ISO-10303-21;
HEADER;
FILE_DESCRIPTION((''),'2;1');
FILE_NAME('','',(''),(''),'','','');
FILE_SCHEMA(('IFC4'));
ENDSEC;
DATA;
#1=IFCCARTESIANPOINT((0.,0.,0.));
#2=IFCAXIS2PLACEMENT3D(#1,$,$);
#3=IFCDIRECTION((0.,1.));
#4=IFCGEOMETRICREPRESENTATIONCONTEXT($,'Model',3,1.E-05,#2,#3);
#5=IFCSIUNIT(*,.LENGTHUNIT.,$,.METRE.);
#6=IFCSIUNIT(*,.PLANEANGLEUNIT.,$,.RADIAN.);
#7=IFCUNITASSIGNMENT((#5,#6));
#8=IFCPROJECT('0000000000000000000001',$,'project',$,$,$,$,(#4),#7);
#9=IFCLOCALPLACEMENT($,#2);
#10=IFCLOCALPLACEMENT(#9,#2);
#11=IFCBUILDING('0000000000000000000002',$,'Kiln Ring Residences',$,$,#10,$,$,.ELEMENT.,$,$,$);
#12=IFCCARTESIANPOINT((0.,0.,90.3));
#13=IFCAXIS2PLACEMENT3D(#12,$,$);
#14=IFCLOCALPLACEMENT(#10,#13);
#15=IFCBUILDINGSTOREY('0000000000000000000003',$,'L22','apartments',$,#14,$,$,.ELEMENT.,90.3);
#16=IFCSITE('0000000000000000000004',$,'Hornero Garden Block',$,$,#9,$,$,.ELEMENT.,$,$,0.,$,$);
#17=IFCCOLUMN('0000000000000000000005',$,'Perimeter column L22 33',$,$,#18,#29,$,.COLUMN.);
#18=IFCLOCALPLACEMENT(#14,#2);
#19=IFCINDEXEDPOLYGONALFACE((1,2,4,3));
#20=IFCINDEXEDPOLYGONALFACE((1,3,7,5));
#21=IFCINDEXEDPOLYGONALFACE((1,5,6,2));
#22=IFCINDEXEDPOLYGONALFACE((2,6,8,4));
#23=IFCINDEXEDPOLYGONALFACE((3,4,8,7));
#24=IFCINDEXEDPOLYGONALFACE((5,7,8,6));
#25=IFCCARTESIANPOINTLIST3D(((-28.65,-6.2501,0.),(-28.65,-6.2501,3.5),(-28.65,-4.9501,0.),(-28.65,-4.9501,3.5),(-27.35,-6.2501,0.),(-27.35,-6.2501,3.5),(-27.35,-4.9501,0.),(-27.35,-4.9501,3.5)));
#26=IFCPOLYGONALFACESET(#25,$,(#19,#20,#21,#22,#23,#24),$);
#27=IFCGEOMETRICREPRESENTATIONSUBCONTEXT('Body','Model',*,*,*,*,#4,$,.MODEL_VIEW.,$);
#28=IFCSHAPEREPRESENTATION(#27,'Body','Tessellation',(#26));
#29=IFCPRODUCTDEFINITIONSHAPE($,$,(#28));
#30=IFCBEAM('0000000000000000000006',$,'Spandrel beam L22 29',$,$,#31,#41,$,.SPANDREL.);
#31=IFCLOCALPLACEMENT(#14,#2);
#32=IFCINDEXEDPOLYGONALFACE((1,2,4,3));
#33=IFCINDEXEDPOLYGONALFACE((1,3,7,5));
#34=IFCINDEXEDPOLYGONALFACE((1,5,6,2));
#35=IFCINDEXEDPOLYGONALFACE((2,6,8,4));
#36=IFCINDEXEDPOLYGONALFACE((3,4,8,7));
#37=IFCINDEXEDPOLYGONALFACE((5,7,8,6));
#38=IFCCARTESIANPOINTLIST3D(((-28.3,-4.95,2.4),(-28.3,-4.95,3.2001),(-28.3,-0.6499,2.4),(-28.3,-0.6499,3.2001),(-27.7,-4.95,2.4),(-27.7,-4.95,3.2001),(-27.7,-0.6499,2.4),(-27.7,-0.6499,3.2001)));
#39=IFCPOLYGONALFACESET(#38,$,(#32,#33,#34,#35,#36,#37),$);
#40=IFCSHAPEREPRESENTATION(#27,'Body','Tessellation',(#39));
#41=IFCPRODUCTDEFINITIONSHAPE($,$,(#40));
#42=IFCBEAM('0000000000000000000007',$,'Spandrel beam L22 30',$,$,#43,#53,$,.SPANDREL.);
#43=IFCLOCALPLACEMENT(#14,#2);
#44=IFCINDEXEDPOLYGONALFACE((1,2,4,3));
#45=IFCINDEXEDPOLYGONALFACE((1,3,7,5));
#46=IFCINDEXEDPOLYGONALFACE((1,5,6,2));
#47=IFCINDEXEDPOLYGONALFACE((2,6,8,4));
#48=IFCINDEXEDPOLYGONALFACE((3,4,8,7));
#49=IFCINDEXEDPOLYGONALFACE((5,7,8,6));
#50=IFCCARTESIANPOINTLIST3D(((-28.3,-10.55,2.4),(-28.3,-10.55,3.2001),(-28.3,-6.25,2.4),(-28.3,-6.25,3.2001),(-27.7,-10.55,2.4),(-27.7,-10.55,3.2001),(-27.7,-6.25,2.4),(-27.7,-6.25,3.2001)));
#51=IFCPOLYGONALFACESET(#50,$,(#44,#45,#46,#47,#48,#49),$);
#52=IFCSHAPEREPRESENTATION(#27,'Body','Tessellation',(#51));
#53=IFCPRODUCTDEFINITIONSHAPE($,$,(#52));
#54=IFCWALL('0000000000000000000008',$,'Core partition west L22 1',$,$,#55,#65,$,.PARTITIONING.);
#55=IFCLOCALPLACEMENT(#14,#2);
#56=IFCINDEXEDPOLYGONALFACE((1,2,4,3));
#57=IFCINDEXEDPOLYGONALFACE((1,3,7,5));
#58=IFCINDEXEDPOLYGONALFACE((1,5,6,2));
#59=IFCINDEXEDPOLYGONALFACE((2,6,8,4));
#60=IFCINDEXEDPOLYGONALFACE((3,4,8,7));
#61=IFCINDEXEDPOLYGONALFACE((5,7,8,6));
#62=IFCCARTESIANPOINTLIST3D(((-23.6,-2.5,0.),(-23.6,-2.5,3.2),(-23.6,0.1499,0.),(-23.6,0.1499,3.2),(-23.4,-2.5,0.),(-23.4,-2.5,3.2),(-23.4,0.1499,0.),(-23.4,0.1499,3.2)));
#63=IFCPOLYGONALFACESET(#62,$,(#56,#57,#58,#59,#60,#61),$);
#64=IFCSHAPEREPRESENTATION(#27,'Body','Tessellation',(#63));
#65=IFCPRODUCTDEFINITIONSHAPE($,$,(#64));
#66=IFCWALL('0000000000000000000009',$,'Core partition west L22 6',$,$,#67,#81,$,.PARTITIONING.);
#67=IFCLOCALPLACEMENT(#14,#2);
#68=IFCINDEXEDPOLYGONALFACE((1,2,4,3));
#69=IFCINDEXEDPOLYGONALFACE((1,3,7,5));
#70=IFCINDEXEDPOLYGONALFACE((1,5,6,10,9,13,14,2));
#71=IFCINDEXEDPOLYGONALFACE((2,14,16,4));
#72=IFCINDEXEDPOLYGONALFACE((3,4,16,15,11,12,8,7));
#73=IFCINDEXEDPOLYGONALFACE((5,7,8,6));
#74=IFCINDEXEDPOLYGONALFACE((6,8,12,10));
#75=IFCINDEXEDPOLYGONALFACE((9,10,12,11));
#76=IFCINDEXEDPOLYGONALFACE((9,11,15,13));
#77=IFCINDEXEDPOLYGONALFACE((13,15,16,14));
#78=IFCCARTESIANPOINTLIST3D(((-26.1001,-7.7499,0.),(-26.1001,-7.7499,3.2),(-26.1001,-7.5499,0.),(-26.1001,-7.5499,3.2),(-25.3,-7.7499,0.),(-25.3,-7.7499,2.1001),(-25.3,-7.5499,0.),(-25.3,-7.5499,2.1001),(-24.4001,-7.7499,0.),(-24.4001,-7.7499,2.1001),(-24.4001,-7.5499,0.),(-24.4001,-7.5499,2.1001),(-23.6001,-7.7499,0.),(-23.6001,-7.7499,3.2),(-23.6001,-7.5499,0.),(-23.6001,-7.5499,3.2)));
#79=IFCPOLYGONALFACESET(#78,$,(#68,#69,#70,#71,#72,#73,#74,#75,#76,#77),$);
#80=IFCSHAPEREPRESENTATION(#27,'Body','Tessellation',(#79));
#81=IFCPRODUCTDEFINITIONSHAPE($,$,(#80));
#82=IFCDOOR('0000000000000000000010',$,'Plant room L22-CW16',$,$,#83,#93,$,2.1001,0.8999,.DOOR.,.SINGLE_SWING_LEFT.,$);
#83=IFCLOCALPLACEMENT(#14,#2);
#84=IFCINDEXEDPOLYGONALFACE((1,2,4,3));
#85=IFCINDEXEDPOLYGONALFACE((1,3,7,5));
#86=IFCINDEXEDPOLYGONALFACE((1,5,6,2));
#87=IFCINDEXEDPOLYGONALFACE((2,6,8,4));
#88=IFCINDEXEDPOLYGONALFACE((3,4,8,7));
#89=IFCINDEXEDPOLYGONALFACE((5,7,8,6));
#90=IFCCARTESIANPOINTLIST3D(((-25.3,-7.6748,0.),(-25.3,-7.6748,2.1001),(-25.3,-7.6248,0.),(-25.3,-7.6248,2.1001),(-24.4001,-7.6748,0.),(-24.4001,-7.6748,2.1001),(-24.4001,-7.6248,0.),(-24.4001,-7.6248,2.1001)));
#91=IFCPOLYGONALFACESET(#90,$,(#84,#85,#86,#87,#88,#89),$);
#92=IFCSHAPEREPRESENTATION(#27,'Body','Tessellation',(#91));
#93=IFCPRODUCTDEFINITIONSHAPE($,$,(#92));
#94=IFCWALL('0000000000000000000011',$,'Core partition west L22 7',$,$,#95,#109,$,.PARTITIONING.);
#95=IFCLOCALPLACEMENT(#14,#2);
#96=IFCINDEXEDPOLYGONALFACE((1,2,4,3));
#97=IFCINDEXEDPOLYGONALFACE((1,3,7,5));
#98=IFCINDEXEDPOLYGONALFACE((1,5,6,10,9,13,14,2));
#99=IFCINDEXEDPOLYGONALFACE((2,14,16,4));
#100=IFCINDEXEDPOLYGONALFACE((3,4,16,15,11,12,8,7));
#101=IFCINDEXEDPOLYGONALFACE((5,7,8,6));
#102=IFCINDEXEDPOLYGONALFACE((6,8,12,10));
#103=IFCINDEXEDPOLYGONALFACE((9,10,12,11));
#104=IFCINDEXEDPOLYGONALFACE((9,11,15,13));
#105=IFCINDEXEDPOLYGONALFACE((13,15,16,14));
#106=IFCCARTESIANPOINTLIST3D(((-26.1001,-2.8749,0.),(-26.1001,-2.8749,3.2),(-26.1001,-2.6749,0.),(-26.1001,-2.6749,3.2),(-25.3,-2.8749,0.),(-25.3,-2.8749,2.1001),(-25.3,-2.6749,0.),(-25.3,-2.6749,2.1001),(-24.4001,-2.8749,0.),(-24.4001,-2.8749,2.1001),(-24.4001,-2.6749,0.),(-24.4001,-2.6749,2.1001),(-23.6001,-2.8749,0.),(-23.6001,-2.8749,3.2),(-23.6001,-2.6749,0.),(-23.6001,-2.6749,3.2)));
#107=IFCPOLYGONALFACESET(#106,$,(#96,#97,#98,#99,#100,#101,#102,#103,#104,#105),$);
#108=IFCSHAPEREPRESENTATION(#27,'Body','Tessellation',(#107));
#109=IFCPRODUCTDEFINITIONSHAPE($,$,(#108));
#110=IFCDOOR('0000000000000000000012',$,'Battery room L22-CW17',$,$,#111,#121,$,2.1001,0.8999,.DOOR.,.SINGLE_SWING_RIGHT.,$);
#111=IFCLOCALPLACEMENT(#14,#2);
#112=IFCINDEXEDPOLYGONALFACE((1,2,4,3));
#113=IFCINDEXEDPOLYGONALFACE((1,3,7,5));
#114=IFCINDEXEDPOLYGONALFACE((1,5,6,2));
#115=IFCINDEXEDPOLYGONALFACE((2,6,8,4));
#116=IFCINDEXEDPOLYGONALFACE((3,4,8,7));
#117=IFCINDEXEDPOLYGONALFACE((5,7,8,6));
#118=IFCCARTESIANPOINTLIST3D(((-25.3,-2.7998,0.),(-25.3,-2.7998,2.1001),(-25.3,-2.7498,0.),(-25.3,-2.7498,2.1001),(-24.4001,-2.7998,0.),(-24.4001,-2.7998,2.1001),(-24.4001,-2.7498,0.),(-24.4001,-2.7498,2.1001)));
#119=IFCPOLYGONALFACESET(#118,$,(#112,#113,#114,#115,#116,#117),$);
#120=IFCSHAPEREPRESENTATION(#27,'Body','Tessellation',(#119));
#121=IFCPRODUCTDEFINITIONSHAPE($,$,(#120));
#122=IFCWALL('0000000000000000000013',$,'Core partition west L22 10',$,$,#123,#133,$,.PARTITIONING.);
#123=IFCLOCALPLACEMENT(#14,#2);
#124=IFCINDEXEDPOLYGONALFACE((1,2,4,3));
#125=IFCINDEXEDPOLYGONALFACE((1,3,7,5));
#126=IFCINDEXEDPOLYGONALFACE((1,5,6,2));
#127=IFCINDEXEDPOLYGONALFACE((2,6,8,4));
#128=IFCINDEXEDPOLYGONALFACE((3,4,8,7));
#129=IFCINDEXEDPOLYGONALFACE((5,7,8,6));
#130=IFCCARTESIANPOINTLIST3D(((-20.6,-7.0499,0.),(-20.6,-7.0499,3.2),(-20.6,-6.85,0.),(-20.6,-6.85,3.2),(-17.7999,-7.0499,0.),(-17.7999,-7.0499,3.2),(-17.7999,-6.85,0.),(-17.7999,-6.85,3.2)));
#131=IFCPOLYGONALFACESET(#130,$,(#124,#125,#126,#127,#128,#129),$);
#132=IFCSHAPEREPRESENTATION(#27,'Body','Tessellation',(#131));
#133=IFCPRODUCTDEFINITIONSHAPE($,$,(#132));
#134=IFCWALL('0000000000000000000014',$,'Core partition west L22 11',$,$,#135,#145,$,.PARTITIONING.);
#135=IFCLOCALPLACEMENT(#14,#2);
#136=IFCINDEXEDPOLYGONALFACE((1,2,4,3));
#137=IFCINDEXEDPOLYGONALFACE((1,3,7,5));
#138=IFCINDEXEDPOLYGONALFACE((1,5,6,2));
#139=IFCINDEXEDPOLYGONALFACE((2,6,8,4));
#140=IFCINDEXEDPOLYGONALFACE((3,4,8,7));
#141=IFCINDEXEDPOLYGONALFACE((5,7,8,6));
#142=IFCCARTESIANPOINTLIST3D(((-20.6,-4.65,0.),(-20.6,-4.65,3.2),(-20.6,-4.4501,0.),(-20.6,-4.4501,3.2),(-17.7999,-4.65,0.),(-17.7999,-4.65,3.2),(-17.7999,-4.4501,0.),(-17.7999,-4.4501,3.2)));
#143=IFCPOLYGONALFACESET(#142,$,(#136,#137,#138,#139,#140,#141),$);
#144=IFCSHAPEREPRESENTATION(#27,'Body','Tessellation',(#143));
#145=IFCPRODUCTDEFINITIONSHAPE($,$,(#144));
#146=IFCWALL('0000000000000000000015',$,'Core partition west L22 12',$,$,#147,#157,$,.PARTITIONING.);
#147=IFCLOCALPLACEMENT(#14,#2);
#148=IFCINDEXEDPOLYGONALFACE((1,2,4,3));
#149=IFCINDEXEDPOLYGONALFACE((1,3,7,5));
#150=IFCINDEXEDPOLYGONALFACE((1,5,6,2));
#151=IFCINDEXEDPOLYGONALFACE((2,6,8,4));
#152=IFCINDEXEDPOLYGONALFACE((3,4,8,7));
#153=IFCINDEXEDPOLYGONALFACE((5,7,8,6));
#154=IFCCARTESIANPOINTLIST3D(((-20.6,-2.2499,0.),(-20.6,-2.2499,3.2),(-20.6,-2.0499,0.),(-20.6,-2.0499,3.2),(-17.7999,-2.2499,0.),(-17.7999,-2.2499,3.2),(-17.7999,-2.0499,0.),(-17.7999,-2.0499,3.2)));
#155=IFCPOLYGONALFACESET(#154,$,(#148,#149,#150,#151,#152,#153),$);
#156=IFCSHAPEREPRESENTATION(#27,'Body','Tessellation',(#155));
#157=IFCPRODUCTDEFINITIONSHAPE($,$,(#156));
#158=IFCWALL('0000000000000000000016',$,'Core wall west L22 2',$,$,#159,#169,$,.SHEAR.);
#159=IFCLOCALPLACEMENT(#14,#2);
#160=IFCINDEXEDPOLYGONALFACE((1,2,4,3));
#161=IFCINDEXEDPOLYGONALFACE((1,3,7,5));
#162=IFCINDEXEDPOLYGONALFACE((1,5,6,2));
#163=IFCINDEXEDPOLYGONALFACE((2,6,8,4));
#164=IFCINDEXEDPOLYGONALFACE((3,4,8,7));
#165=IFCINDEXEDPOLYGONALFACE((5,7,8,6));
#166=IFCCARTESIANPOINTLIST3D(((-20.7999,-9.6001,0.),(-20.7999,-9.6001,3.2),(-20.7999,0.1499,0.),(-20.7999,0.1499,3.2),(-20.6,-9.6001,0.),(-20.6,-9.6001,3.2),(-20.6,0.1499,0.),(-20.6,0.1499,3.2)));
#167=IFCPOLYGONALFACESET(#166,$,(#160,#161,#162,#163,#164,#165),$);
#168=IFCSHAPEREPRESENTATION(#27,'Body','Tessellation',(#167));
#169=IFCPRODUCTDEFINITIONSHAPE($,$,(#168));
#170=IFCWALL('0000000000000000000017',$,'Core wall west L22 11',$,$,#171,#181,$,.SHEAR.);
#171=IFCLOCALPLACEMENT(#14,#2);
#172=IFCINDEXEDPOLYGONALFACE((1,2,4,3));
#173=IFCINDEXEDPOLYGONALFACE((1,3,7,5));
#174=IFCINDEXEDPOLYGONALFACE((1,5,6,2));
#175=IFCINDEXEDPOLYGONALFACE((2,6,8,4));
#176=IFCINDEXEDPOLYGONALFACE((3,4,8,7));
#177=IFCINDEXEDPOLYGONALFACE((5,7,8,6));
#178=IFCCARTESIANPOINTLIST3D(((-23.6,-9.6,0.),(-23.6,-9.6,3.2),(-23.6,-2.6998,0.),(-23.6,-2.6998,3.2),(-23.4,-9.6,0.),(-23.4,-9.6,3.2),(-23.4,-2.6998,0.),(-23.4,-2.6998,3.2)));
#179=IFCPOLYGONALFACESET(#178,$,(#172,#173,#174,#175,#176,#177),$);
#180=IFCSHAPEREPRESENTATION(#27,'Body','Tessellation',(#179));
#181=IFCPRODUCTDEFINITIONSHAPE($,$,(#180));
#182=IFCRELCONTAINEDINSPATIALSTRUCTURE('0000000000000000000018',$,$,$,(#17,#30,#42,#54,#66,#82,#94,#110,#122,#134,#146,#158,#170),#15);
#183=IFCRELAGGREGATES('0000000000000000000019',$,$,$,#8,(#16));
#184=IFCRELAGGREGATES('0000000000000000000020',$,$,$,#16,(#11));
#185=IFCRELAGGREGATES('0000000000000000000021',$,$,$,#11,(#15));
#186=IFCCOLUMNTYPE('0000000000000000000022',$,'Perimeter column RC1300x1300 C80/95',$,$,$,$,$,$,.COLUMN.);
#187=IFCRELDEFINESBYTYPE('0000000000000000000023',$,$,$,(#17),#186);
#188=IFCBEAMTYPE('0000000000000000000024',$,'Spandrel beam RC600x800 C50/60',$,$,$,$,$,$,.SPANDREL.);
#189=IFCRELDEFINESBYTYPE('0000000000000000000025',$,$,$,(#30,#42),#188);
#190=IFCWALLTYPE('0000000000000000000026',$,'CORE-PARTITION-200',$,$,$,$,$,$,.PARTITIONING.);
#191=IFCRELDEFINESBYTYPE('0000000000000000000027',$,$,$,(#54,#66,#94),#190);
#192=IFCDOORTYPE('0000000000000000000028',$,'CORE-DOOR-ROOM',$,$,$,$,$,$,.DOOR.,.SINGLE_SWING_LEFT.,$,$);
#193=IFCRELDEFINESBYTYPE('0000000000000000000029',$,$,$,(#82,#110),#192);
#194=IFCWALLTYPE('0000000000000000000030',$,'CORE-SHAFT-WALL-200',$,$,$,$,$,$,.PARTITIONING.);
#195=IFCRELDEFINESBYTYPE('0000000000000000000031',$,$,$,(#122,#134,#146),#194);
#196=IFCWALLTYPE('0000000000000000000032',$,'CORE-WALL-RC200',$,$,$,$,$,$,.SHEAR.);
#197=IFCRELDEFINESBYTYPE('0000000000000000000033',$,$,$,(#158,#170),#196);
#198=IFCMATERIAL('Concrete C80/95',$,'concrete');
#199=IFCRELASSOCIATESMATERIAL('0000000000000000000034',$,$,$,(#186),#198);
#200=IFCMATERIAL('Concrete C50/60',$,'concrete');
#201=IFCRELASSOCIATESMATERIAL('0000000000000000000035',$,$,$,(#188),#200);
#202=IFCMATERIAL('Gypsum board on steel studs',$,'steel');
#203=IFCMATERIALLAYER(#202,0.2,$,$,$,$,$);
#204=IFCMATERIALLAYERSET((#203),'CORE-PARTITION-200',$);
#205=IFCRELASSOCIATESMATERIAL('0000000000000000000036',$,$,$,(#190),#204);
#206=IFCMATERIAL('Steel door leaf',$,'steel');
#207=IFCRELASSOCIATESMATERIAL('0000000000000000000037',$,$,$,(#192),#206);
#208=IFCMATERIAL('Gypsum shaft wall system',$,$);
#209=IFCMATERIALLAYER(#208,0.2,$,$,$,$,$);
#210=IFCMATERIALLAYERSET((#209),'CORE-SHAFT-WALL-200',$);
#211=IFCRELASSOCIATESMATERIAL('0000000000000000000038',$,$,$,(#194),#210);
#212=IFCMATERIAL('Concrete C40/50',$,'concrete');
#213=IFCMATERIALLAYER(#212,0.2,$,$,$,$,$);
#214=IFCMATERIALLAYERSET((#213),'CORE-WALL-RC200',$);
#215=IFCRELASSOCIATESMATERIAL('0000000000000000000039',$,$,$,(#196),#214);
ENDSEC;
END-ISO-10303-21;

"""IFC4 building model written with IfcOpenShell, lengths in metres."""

from ifc_helpers import new_model, si_unit, direction, frame, frame_2d, origin, origin_2d, place, context, subcontext, project, spatial, rectangle, extrude, material, layer, layer_set, material_profile, profile_set, type_object, element, fill, save


model = new_model("IFC4")

# Units and contexts
model_context = context("Model", 3, precision=1e-05, world=origin(), true_north=direction((0.0, 1.0)))
body_context = subcontext(model_context, "Body", "Model", "MODEL_VIEW")
ifc_project = project(units=[si_unit("LENGTHUNIT", "METRE"), si_unit("PLANEANGLEUNIT", "RADIAN")], contexts=[model_context])

# Site, building, storey
site_placement = place(None, origin())
site = spatial("IfcSite", under=ifc_project, at=site_placement, Name="Hornero Garden Block", CompositionType="ELEMENT", RefElevation=0.0)
building_placement = place(site_placement, origin())
building = spatial("IfcBuilding", under=site, at=building_placement, Name="Kiln Ring Residences", CompositionType="ELEMENT")
storey_placement = place(building_placement, frame((0.0, 0.0, 90.3)))
storey = spatial("IfcBuildingStorey", under=building, at=storey_placement, Name="L22", Description="apartments", CompositionType="ELEMENT", Elevation=90.3)

# Column
ifc_material_1 = material(Name="Concrete C80/95", Category="concrete")
ifc_material_profile_1 = material_profile(ifc_material_1, rectangle(XDim=1.3, YDim=1.3, at=origin_2d()), Name="RC1300x1300")
ifc_profile_set_1 = profile_set([ifc_material_profile_1], Name="Concrete C80/95")
column_type = type_object("IfcColumnType", Name="Perimeter column RC1300x1300 C80/95", PredefinedType="COLUMN", material=ifc_profile_set_1)
column_placement = place(storey_placement, frame((-28.0, -5.6001, 0.0), z_axis=(0.0, 0.0, 1.0), x_axis=(1.0, 0.0, 0.0)))
element("IfcColumn", 1, at=column_placement, inside=storey, type_object=column_type, Name="Perimeter column L22 33", PredefinedType="COLUMN", context=body_context, shape_type="SweptSolid", body=[
    extrude(rectangle(XDim=1.3, YDim=1.3, at=origin_2d()), origin(), (0.0, 0.0, 1.0), 3.5),
])

# Beams
ifc_material_2 = material(Name="Concrete C50/60", Category="concrete")
ifc_material_profile_2 = material_profile(ifc_material_2, rectangle(XDim=0.6001, YDim=0.8, at=origin_2d()), Name="RC600x800")
ifc_profile_set_2 = profile_set([ifc_material_profile_2], Name="Concrete C50/60")
beam_type = type_object("IfcBeamType", Name="Spandrel beam RC600x800 C50/60", PredefinedType="SPANDREL", material=ifc_profile_set_2)
for number, where, z_axis, x_axis, name in (
    (2, (-28.0, -0.6499, 2.8), (0.0, -1.0, 0.0), (1.0, 0.0, 0.0), "Spandrel beam L22 29"),
    (3, (-28.0, -6.25, 2.8), (0.0, -1.0, 0.0), (1.0, 0.0, 0.0), "Spandrel beam L22 30"),
):
    element("IfcBeam", number, at=place(storey_placement, frame(where, z_axis=z_axis, x_axis=x_axis)), inside=storey, type_object=beam_type, Name=name, PredefinedType="SPANDREL", context=body_context, shape_type="SweptSolid", body=[
        extrude(rectangle(XDim=0.6001, YDim=0.8, at=origin_2d()), origin(), (0.0, 0.0, 1.0), 4.3),
    ])

# Wall
ifc_material_3 = material(Name="Gypsum board on steel studs", Category="steel")
ifc_layer_1 = layer(ifc_material_3, 0.2)
ifc_layer_set_1 = layer_set([ifc_layer_1], Name="CORE-PARTITION-200")
wall_type_1 = type_object("IfcWallType", Name="CORE-PARTITION-200", PredefinedType="PARTITIONING", material=ifc_layer_set_1)
wall_1_placement = place(storey_placement, frame((-23.5, -2.5, 0.0), z_axis=(0.0, 0.0, 1.0), x_axis=(0.0, 1.0, 0.0)))
element("IfcWall", 4, at=wall_1_placement, inside=storey, type_object=wall_type_1, Name="Core partition west L22 1", PredefinedType="PARTITIONING", context=body_context, shape_type="SweptSolid", body=[
    extrude(rectangle(XDim=2.6499, YDim=0.2, at=frame_2d((1.325, 0.0))), origin(), (0.0, 0.0, 1.0), 3.2),
])

# Walls, openings, doors
wall_2_placement = place(storey_placement, frame((-23.6001, -7.6499, 0.0), z_axis=(0.0, 0.0, 1.0), x_axis=(-1.0, 0.0, 0.0)))
wall_2 = element("IfcWall", 5, at=wall_2_placement, inside=storey, type_object=wall_type_1, Name="Core partition west L22 6", PredefinedType="PARTITIONING", context=body_context, shape_type="SweptSolid", body=[
    extrude(rectangle(XDim=2.5, YDim=0.2, at=frame_2d((1.25, 0.0))), origin(), (0.0, 0.0, 1.0), 3.2),
])
opening_1_placement = place(wall_2_placement, frame((0.8, 0.0, 0.0)))
opening_1 = element("IfcOpeningElement", 6, at=opening_1_placement, cuts=wall_2, PredefinedType="OPENING", context=body_context, shape_type="SweptSolid", body=[
    extrude(rectangle(XDim=0.8999, YDim=2.1001, at=frame_2d((0.45, 1.05))), frame((0.0, 0.1099, 0.0), z_axis=(0.0, -1.0, 0.0), x_axis=(1.0, 0.0, 0.0)), (0.0, 0.0, 1.0), 0.22),
])
ifc_material_4 = material(Name="Steel door leaf", Category="steel")
door_type = type_object("IfcDoorType", Name="CORE-DOOR-ROOM", OperationType="SINGLE_SWING_LEFT", PredefinedType="DOOR", material=ifc_material_4)
door_1_placement = place(opening_1_placement, origin())
door_1 = element("IfcDoor", 7, at=door_1_placement, inside=storey, type_object=door_type, Name="Plant room L22-CW16", OperationType="SINGLE_SWING_LEFT", OverallHeight=2.1001, OverallWidth=0.8999, PredefinedType="DOOR", context=body_context, shape_type="SweptSolid", body=[
    extrude(rectangle(XDim=0.8999, YDim=2.1001, at=frame_2d((0.45, 1.05))), frame((0.0, 0.0249, 0.0), z_axis=(0.0, -1.0, 0.0), x_axis=(1.0, 0.0, 0.0)), (0.0, 0.0, 1.0), 0.05),
])
fill(opening_1, door_1)
wall_3_placement = place(storey_placement, frame((-23.6001, -2.7749, 0.0), z_axis=(0.0, 0.0, 1.0), x_axis=(-1.0, 0.0, 0.0)))
wall_3 = element("IfcWall", 8, at=wall_3_placement, inside=storey, type_object=wall_type_1, Name="Core partition west L22 7", PredefinedType="PARTITIONING", context=body_context, shape_type="SweptSolid", body=[
    extrude(rectangle(XDim=2.5, YDim=0.2, at=frame_2d((1.25, 0.0))), origin(), (0.0, 0.0, 1.0), 3.2),
])
opening_2_placement = place(wall_3_placement, frame((0.8, 0.0, 0.0)))
opening_2 = element("IfcOpeningElement", 9, at=opening_2_placement, cuts=wall_3, PredefinedType="OPENING", context=body_context, shape_type="SweptSolid", body=[
    extrude(rectangle(XDim=0.8999, YDim=2.1001, at=frame_2d((0.45, 1.05))), frame((0.0, 0.1099, 0.0), z_axis=(0.0, -1.0, 0.0), x_axis=(1.0, 0.0, 0.0)), (0.0, 0.0, 1.0), 0.22),
])
door_2_placement = place(opening_2_placement, origin())
door_2 = element("IfcDoor", 10, at=door_2_placement, inside=storey, type_object=door_type, Name="Battery room L22-CW17", OperationType="SINGLE_SWING_RIGHT", OverallHeight=2.1001, OverallWidth=0.8999, PredefinedType="DOOR", context=body_context, shape_type="SweptSolid", body=[
    extrude(rectangle(XDim=0.8999, YDim=2.1001, at=frame_2d((0.45, 1.05))), frame((0.0, 0.0249, 0.0), z_axis=(0.0, -1.0, 0.0), x_axis=(1.0, 0.0, 0.0)), (0.0, 0.0, 1.0), 0.05),
])
fill(opening_2, door_2)

# Walls
ifc_material_5 = material(Name="Gypsum shaft wall system")
ifc_layer_2 = layer(ifc_material_5, 0.2)
ifc_layer_set_2 = layer_set([ifc_layer_2], Name="CORE-SHAFT-WALL-200")
wall_type_2 = type_object("IfcWallType", Name="CORE-SHAFT-WALL-200", PredefinedType="PARTITIONING", material=ifc_layer_set_2)
for number, where, z_axis, x_axis, name in (
    (11, (-17.8, -6.95, 0.0), (0.0, 0.0, 1.0), (-1.0, 0.0, 0.0), "Core partition west L22 10"),
    (12, (-17.8, -4.55, 0.0), (0.0, 0.0, 1.0), (-1.0, 0.0, 0.0), "Core partition west L22 11"),
    (13, (-17.8, -2.1499, 0.0), (0.0, 0.0, 1.0), (-1.0, 0.0, 0.0), "Core partition west L22 12"),
):
    element("IfcWall", number, at=place(storey_placement, frame(where, z_axis=z_axis, x_axis=x_axis)), inside=storey, type_object=wall_type_2, Name=name, PredefinedType="PARTITIONING", context=body_context, shape_type="SweptSolid", body=[
        extrude(rectangle(XDim=2.8, YDim=0.2, at=frame_2d((1.3999, 0.0))), origin(), (0.0, 0.0, 1.0), 3.2),
    ])
ifc_material_6 = material(Name="Concrete C40/50", Category="concrete")
ifc_layer_3 = layer(ifc_material_6, 0.2)
ifc_layer_set_3 = layer_set([ifc_layer_3], Name="CORE-WALL-RC200")
wall_type_3 = type_object("IfcWallType", Name="CORE-WALL-RC200", PredefinedType="SHEAR", material=ifc_layer_set_3)
wall_4_placement = place(storey_placement, frame((-20.7, -9.6001, 0.0), z_axis=(0.0, 0.0, 1.0), x_axis=(0.0, 1.0, 0.0)))
element("IfcWall", 14, at=wall_4_placement, inside=storey, type_object=wall_type_3, Name="Core wall west L22 2", PredefinedType="SHEAR", context=body_context, shape_type="SweptSolid", body=[
    extrude(rectangle(XDim=9.75, YDim=0.2, at=frame_2d((4.875, 0.0))), origin(), (0.0, 0.0, 1.0), 3.2),
])
wall_5_placement = place(storey_placement, frame((-23.5, -9.6001, 0.0), z_axis=(0.0, 0.0, 1.0), x_axis=(0.0, 1.0, 0.0)))
element("IfcWall", 15, at=wall_5_placement, inside=storey, type_object=wall_type_3, Name="Core wall west L22 11", PredefinedType="SHEAR", context=body_context, shape_type="SweptSolid", body=[
    extrude(rectangle(XDim=6.9001, YDim=0.2, at=frame_2d((3.4502, 0.0))), origin(), (0.0, 0.0, 1.0), 3.2),
])

save(model, "model.ifc")
